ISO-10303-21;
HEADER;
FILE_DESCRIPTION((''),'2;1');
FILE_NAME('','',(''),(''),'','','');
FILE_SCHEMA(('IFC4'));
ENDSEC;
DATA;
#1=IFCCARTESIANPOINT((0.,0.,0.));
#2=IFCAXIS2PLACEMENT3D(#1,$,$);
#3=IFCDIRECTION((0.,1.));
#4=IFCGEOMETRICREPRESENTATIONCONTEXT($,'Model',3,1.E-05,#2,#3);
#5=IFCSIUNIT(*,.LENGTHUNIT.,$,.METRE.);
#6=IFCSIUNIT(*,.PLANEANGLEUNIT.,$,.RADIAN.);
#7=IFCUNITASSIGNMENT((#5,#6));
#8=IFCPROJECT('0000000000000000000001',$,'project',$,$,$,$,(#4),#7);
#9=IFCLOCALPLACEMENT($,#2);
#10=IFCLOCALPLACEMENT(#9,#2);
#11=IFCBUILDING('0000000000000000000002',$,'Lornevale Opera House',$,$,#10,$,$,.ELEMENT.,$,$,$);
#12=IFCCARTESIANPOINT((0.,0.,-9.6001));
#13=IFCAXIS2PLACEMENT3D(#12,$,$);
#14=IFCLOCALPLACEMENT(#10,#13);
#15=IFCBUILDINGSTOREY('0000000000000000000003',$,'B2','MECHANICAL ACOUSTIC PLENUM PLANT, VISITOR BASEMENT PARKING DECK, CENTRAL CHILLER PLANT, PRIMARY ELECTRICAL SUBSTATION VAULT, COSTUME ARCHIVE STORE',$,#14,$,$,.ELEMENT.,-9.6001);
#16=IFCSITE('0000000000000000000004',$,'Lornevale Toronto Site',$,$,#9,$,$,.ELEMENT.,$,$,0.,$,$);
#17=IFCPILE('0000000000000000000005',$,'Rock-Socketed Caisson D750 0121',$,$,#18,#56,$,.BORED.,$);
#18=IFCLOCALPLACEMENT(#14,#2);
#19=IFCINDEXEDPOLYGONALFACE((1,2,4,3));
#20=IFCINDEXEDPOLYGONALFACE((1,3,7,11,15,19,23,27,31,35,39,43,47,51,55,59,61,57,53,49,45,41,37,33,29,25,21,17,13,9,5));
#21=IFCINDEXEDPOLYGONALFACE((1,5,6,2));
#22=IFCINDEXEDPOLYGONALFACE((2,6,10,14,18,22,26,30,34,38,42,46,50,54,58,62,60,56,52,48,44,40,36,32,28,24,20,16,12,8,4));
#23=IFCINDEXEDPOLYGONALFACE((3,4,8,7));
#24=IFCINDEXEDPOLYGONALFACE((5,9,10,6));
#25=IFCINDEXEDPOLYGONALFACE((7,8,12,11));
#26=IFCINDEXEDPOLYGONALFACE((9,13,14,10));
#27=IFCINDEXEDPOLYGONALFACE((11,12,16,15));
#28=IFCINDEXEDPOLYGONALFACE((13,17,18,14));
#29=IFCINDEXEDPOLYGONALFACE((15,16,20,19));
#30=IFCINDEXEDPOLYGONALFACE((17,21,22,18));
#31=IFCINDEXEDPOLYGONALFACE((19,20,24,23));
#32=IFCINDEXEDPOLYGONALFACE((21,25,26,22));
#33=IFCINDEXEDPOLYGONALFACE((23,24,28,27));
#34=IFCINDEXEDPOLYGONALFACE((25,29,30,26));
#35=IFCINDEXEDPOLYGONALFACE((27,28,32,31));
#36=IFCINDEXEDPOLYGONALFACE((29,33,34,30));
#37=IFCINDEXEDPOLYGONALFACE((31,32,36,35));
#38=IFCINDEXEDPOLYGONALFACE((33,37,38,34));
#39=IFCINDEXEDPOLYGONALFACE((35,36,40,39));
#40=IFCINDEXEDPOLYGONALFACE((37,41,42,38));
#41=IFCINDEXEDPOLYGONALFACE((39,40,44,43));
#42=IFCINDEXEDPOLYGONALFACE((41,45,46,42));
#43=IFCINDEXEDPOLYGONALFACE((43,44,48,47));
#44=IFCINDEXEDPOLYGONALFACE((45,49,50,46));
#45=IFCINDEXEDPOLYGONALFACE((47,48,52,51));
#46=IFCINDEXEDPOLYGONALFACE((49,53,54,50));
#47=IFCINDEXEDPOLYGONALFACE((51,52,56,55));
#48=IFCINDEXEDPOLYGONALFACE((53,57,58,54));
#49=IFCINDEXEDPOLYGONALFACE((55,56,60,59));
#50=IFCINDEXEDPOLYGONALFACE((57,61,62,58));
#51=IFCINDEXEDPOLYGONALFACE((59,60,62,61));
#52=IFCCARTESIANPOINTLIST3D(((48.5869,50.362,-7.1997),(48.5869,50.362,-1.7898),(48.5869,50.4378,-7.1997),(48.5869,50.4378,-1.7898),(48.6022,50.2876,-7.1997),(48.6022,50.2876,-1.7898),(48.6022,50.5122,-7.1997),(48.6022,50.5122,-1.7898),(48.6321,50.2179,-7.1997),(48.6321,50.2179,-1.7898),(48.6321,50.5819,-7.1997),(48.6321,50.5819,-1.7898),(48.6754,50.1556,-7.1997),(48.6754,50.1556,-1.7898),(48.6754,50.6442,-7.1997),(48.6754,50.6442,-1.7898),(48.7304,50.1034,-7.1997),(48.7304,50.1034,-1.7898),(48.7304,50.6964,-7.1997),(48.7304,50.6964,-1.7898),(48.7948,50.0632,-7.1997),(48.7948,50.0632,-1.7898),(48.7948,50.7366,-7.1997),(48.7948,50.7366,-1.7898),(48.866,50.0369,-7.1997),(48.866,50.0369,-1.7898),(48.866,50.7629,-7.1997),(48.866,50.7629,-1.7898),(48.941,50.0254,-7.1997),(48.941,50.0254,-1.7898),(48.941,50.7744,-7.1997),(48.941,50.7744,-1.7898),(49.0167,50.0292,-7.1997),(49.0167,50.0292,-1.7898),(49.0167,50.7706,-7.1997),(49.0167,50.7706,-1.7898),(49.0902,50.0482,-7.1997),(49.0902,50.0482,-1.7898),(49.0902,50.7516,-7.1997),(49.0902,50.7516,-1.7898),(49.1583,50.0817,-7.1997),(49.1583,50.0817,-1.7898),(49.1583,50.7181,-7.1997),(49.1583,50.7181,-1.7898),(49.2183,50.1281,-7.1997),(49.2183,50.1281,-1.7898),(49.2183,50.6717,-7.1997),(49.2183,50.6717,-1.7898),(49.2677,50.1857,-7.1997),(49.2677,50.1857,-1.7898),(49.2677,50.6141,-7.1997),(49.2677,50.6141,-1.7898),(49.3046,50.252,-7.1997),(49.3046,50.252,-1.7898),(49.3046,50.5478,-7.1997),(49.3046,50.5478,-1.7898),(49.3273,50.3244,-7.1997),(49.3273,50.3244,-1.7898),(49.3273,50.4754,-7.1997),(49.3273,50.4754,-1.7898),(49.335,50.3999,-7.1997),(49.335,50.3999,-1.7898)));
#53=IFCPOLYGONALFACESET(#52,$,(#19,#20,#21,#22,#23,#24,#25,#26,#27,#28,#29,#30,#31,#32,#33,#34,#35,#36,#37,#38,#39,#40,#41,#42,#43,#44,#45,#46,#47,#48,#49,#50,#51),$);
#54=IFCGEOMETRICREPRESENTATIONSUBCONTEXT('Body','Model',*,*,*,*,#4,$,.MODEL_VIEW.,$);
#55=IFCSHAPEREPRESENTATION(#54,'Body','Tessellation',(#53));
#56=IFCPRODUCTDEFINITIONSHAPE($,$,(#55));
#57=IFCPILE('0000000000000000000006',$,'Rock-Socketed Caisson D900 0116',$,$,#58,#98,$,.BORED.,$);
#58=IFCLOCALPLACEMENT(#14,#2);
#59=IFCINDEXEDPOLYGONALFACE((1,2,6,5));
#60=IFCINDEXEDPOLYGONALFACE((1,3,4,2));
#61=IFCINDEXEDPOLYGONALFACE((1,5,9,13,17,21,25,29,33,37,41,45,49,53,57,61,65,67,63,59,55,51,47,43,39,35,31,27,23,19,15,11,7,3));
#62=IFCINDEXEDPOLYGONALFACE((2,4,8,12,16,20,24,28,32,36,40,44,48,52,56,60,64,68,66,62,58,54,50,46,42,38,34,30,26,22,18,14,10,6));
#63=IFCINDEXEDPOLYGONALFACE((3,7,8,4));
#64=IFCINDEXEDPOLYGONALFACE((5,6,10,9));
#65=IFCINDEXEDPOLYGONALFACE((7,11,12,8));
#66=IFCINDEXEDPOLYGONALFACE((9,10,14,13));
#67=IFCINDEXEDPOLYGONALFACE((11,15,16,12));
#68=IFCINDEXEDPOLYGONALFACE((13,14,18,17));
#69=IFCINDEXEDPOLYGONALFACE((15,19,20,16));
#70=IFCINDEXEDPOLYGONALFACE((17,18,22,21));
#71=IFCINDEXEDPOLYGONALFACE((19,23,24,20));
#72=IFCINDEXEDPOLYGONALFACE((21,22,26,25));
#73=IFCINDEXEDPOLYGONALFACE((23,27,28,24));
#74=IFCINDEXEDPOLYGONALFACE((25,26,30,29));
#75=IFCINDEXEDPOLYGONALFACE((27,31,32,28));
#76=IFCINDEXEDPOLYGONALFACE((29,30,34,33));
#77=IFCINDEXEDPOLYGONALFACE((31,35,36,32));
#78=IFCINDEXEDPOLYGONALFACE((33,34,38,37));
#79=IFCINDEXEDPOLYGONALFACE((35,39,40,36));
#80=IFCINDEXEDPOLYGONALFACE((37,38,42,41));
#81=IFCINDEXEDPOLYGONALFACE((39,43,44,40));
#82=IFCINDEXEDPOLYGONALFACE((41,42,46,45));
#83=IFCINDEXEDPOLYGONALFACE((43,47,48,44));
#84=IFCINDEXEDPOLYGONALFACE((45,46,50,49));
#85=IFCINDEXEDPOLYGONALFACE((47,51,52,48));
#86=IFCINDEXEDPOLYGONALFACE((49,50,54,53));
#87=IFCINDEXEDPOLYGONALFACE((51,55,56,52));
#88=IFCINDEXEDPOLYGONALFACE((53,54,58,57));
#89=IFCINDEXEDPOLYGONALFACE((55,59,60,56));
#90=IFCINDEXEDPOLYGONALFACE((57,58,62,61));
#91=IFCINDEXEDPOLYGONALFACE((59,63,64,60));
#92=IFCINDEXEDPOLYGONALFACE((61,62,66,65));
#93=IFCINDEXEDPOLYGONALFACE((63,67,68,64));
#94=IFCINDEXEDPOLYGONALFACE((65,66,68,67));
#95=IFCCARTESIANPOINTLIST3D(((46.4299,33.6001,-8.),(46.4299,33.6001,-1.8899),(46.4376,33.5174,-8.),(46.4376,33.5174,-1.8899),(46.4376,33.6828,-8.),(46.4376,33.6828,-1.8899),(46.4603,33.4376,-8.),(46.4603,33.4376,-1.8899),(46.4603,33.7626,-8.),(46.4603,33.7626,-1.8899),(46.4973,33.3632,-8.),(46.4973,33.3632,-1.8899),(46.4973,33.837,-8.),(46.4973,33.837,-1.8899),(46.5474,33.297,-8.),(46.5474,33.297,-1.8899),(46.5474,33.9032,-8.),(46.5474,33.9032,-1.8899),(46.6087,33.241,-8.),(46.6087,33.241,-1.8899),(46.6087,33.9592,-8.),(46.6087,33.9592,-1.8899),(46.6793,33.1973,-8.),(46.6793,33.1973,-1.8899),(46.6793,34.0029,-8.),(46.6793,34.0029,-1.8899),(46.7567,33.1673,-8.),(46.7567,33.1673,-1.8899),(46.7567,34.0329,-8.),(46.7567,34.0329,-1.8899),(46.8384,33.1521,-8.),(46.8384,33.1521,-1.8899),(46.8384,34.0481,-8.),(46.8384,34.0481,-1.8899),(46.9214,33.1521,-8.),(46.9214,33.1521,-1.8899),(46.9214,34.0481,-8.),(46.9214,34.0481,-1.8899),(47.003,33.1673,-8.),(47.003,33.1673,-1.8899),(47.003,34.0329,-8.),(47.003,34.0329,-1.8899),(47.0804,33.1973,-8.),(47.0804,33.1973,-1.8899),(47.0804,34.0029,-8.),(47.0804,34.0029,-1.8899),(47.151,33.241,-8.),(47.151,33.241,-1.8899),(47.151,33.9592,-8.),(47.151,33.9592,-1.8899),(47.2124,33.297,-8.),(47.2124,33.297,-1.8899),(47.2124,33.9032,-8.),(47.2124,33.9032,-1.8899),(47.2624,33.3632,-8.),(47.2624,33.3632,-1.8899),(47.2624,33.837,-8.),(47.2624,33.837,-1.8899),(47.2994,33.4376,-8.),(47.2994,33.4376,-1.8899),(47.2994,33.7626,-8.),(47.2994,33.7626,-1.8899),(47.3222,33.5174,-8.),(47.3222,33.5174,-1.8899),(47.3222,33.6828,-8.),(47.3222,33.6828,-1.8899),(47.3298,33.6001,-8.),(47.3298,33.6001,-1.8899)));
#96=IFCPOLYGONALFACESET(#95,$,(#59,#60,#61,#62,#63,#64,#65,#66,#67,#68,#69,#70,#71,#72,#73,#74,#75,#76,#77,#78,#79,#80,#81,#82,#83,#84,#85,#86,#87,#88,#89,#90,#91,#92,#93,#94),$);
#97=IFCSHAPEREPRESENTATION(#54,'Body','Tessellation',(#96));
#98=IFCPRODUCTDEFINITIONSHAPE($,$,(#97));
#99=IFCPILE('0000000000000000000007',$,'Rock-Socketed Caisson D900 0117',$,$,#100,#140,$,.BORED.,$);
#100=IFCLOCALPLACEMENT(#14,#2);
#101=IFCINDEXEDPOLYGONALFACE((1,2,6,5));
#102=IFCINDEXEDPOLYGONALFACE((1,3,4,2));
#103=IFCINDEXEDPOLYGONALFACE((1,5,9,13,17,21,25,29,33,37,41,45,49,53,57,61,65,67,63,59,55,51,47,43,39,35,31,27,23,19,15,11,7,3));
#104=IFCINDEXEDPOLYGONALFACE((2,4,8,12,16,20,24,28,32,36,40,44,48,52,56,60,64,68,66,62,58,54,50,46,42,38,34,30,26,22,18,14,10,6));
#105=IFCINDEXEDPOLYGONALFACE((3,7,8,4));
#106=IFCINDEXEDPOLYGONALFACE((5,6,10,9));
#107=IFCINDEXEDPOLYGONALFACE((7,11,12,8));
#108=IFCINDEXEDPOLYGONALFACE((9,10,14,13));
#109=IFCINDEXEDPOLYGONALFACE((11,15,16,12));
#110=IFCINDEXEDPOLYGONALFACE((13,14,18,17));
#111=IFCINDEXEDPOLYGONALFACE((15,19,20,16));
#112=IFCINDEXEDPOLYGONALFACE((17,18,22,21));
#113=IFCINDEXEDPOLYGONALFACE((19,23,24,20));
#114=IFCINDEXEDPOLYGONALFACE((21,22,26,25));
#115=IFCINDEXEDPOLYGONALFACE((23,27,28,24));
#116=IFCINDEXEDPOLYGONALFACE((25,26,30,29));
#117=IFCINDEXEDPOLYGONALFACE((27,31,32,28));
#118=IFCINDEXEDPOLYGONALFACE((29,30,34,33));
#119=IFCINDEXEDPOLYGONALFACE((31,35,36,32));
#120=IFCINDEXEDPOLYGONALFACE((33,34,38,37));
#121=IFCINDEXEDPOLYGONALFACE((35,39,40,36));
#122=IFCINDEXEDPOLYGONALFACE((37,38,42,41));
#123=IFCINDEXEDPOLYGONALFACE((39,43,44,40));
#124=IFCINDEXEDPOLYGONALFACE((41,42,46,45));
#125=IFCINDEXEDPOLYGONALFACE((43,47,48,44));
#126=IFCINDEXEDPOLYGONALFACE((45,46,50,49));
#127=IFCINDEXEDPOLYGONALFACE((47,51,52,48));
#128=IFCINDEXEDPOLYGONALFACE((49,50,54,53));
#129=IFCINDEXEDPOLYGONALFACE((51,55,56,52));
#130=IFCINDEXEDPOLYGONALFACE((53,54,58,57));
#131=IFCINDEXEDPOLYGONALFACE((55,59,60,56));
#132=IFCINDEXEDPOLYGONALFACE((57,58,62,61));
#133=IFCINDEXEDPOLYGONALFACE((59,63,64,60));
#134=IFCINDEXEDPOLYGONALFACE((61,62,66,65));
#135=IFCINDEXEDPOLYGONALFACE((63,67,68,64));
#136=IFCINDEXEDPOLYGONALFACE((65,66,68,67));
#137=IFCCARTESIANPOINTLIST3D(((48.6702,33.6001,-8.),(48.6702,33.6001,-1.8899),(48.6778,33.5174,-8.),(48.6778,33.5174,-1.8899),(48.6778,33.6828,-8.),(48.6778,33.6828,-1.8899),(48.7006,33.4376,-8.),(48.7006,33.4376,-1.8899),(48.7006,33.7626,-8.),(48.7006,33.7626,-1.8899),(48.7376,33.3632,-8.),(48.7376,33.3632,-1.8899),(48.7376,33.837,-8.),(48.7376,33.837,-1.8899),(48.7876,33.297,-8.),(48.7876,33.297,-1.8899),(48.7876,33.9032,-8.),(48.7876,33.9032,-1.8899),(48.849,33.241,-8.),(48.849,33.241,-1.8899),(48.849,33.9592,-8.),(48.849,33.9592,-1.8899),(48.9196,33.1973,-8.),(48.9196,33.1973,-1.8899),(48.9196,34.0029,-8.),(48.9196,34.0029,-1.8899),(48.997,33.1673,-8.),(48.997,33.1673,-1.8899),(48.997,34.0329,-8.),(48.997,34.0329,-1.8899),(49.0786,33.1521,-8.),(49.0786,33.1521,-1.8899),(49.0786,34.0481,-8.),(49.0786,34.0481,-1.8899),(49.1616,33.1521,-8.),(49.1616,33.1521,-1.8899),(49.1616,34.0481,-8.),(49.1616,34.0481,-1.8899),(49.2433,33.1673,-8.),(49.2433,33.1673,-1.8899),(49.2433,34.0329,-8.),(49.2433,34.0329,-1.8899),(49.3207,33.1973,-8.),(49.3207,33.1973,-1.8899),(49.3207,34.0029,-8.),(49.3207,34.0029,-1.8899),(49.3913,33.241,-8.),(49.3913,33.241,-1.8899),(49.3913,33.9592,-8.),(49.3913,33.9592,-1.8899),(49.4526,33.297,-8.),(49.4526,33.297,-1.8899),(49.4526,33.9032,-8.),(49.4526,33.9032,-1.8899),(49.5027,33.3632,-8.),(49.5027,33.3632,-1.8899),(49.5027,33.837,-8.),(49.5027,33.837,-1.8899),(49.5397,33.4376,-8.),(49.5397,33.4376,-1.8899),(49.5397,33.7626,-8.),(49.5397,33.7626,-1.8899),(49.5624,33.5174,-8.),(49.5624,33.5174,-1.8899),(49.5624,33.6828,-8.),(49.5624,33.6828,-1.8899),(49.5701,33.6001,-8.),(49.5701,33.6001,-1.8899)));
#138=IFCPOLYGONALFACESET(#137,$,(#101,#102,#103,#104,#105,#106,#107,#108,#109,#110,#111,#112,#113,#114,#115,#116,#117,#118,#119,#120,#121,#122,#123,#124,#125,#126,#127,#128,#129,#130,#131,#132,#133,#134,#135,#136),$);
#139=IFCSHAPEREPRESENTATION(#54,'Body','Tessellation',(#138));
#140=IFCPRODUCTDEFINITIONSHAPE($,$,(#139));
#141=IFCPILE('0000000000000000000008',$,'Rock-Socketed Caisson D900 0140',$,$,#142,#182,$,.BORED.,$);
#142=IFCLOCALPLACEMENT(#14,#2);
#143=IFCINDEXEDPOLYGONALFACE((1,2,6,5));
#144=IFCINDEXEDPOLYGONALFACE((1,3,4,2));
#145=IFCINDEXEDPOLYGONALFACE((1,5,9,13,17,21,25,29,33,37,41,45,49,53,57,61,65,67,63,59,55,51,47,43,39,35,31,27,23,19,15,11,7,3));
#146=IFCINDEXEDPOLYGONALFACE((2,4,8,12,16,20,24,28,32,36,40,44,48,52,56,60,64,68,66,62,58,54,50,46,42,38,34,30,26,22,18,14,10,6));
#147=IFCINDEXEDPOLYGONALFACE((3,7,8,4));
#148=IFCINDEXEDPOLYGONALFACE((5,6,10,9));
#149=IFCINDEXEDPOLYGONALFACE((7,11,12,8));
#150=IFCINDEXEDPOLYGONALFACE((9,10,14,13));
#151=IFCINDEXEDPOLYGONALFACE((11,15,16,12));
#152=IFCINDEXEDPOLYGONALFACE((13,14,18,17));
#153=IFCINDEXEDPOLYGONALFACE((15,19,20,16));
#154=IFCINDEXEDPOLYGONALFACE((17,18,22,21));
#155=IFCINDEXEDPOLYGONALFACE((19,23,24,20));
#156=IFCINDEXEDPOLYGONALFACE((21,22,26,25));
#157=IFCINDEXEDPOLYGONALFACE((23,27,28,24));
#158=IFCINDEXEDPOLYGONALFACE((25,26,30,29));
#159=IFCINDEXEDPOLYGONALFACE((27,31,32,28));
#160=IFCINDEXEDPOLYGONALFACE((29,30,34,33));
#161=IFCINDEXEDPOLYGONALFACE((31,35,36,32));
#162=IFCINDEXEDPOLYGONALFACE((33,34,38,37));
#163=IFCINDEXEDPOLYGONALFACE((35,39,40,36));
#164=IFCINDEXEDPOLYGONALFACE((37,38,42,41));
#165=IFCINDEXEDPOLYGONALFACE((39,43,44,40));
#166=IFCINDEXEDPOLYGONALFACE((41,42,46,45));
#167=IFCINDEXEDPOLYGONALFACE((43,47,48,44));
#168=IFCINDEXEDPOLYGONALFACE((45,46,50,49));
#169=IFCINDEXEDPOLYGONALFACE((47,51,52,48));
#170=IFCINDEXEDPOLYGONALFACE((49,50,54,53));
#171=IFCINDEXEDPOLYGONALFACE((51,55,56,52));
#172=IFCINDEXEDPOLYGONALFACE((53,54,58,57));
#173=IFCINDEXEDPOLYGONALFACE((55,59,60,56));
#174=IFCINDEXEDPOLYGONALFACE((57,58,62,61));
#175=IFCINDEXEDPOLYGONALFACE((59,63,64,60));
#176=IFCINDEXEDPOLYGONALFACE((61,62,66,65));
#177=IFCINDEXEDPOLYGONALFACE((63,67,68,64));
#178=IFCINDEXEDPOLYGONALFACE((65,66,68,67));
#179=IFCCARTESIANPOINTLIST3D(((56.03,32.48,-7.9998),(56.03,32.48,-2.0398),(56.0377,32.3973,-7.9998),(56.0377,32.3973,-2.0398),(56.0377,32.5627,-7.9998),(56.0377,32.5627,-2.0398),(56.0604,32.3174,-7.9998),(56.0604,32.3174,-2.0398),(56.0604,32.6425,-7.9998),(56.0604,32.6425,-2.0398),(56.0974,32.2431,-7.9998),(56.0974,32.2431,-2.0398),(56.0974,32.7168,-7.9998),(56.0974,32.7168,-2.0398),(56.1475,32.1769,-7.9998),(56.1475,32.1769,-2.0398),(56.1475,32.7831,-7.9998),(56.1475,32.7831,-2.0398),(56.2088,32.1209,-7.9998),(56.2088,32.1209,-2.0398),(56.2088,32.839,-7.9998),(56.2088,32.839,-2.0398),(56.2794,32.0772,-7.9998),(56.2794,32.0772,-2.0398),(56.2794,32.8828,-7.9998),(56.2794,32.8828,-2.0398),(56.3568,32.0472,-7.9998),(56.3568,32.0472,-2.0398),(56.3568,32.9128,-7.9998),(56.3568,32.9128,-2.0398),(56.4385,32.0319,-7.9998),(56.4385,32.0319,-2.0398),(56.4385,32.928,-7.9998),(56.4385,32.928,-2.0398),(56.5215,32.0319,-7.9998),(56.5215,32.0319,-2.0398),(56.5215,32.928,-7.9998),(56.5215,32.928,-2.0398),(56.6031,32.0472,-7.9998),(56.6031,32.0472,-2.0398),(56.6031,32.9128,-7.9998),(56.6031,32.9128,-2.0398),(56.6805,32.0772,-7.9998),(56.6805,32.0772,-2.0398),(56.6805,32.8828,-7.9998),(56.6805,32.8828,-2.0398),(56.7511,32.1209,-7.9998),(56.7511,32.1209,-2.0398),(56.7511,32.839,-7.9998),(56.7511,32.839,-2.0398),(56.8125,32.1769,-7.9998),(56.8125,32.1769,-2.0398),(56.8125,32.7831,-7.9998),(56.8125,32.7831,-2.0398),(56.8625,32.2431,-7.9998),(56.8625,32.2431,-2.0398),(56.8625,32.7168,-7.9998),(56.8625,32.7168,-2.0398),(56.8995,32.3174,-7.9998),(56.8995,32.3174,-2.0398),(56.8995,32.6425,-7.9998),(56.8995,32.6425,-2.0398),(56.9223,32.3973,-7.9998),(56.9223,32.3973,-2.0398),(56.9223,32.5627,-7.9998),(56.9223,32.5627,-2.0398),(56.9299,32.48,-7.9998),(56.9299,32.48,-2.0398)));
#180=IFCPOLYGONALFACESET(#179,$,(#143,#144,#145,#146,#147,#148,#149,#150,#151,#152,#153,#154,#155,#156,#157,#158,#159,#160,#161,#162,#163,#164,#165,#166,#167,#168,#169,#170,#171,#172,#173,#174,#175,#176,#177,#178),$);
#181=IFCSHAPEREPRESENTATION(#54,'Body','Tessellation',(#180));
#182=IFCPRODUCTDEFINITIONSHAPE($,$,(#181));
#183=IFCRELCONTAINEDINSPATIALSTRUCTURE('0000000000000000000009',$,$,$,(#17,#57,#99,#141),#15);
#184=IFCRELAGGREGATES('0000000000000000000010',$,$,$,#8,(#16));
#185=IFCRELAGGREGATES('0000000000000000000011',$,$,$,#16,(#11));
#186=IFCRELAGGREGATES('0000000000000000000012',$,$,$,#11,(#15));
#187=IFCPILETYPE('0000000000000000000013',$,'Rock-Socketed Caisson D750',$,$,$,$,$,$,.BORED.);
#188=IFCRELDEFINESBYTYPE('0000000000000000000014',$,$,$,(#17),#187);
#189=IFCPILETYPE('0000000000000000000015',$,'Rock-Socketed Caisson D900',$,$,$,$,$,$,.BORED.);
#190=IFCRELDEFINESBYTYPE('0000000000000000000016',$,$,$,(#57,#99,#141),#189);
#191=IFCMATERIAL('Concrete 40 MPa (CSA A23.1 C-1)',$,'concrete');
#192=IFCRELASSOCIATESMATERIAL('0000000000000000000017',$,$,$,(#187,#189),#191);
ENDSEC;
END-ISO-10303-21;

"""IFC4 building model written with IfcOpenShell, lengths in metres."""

from ifc_helpers import new_model, si_unit, direction, frame, origin, origin_2d, place, context, subcontext, project, spatial, circle, extrude, material, material_profile, profile_set, type_object, element, save


model = new_model("IFC4")

# Units and contexts
model_context = context("Model", 3, precision=1e-05, world=origin(), true_north=direction((0.0, 1.0)))
body_context = subcontext(model_context, "Body", "Model", "MODEL_VIEW")
ifc_project = project(units=[si_unit("LENGTHUNIT", "METRE"), si_unit("PLANEANGLEUNIT", "RADIAN")], contexts=[model_context])

# Site, building, storey
site_placement = place(None, origin())
site = spatial("IfcSite", under=ifc_project, at=site_placement, Name="Lornevale Toronto Site", CompositionType="ELEMENT", RefElevation=0.0)
building_placement = place(site_placement, origin())
building = spatial("IfcBuilding", under=site, at=building_placement, Name="Lornevale Opera House", CompositionType="ELEMENT")
storey_placement = place(building_placement, frame((0.0, 0.0, -9.6001)))
storey = spatial("IfcBuildingStorey", under=building, at=storey_placement, Name="B2", Description="MECHANICAL ACOUSTIC PLENUM PLANT, VISITOR BASEMENT PARKING DECK, CENTRAL CHILLER PLANT, PRIMARY ELECTRICAL SUBSTATION VAULT, COSTUME ARCHIVE STORE", CompositionType="ELEMENT", Elevation=-9.6001)

# Piles
ifc_material_1 = material(Name="Concrete 40 MPa (CSA A23.1 C-1)", Category="concrete")
ifc_material_profile_1 = material_profile(ifc_material_1, circle(Radius=0.375, at=origin_2d()), Name="CAIS750")
ifc_profile_set_1 = profile_set([ifc_material_profile_1], Name="Concrete 40 MPa (CSA A23.1 C-1)")
pile_type_1 = type_object("IfcPileType", Name="Rock-Socketed Caisson D750", PredefinedType="BORED", material=ifc_profile_set_1)
for number, where, z_axis, x_axis, name in (
    (1, (48.96, 50.3999, -1.7898), (0.0, 0.0, -1.0), (1.0, 0.0, 0.0), "Rock-Socketed Caisson D750 0121"),
):
    element("IfcPile", number, at=place(storey_placement, frame(where, z_axis=z_axis, x_axis=x_axis)), inside=storey, type_object=pile_type_1, Name=name, PredefinedType="BORED", context=body_context, shape_type="SweptSolid", body=[
        extrude(circle(Radius=0.375, at=origin_2d()), origin(), (0.0, 0.0, 1.0), 5.4099),
    ])
ifc_material_profile_2 = material_profile(ifc_material_1, circle(Radius=0.45, at=origin_2d()), Name="CAIS900")
ifc_profile_set_2 = profile_set([ifc_material_profile_2], Name="Concrete 40 MPa (CSA A23.1 C-1)")
pile_type_2 = type_object("IfcPileType", Name="Rock-Socketed Caisson D900", PredefinedType="BORED", material=ifc_profile_set_2)
for number, where, z_axis, x_axis, name in (
    (2, (46.8799, 33.6001, -1.8899), (0.0, 0.0, -1.0), (1.0, 0.0, 0.0), "Rock-Socketed Caisson D900 0116"),
    (3, (49.1201, 33.6001, -1.8899), (0.0, 0.0, -1.0), (1.0, 0.0, 0.0), "Rock-Socketed Caisson D900 0117"),
):
    element("IfcPile", number, at=place(storey_placement, frame(where, z_axis=z_axis, x_axis=x_axis)), inside=storey, type_object=pile_type_2, Name=name, PredefinedType="BORED", context=body_context, shape_type="SweptSolid", body=[
        extrude(circle(Radius=0.45, at=origin_2d()), origin(), (0.0, 0.0, 1.0), 6.1101),
    ])
for number, where, z_axis, x_axis, name in (
    (4, (56.48, 32.48, -2.0398), (0.0, 0.0, -1.0), (1.0, 0.0, 0.0), "Rock-Socketed Caisson D900 0140"),
):
    element("IfcPile", number, at=place(storey_placement, frame(where, z_axis=z_axis, x_axis=x_axis)), inside=storey, type_object=pile_type_2, Name=name, PredefinedType="BORED", context=body_context, shape_type="SweptSolid", body=[
        extrude(circle(Radius=0.45, at=origin_2d()), origin(), (0.0, 0.0, 1.0), 5.96),
    ])

save(model, "model.ifc")
